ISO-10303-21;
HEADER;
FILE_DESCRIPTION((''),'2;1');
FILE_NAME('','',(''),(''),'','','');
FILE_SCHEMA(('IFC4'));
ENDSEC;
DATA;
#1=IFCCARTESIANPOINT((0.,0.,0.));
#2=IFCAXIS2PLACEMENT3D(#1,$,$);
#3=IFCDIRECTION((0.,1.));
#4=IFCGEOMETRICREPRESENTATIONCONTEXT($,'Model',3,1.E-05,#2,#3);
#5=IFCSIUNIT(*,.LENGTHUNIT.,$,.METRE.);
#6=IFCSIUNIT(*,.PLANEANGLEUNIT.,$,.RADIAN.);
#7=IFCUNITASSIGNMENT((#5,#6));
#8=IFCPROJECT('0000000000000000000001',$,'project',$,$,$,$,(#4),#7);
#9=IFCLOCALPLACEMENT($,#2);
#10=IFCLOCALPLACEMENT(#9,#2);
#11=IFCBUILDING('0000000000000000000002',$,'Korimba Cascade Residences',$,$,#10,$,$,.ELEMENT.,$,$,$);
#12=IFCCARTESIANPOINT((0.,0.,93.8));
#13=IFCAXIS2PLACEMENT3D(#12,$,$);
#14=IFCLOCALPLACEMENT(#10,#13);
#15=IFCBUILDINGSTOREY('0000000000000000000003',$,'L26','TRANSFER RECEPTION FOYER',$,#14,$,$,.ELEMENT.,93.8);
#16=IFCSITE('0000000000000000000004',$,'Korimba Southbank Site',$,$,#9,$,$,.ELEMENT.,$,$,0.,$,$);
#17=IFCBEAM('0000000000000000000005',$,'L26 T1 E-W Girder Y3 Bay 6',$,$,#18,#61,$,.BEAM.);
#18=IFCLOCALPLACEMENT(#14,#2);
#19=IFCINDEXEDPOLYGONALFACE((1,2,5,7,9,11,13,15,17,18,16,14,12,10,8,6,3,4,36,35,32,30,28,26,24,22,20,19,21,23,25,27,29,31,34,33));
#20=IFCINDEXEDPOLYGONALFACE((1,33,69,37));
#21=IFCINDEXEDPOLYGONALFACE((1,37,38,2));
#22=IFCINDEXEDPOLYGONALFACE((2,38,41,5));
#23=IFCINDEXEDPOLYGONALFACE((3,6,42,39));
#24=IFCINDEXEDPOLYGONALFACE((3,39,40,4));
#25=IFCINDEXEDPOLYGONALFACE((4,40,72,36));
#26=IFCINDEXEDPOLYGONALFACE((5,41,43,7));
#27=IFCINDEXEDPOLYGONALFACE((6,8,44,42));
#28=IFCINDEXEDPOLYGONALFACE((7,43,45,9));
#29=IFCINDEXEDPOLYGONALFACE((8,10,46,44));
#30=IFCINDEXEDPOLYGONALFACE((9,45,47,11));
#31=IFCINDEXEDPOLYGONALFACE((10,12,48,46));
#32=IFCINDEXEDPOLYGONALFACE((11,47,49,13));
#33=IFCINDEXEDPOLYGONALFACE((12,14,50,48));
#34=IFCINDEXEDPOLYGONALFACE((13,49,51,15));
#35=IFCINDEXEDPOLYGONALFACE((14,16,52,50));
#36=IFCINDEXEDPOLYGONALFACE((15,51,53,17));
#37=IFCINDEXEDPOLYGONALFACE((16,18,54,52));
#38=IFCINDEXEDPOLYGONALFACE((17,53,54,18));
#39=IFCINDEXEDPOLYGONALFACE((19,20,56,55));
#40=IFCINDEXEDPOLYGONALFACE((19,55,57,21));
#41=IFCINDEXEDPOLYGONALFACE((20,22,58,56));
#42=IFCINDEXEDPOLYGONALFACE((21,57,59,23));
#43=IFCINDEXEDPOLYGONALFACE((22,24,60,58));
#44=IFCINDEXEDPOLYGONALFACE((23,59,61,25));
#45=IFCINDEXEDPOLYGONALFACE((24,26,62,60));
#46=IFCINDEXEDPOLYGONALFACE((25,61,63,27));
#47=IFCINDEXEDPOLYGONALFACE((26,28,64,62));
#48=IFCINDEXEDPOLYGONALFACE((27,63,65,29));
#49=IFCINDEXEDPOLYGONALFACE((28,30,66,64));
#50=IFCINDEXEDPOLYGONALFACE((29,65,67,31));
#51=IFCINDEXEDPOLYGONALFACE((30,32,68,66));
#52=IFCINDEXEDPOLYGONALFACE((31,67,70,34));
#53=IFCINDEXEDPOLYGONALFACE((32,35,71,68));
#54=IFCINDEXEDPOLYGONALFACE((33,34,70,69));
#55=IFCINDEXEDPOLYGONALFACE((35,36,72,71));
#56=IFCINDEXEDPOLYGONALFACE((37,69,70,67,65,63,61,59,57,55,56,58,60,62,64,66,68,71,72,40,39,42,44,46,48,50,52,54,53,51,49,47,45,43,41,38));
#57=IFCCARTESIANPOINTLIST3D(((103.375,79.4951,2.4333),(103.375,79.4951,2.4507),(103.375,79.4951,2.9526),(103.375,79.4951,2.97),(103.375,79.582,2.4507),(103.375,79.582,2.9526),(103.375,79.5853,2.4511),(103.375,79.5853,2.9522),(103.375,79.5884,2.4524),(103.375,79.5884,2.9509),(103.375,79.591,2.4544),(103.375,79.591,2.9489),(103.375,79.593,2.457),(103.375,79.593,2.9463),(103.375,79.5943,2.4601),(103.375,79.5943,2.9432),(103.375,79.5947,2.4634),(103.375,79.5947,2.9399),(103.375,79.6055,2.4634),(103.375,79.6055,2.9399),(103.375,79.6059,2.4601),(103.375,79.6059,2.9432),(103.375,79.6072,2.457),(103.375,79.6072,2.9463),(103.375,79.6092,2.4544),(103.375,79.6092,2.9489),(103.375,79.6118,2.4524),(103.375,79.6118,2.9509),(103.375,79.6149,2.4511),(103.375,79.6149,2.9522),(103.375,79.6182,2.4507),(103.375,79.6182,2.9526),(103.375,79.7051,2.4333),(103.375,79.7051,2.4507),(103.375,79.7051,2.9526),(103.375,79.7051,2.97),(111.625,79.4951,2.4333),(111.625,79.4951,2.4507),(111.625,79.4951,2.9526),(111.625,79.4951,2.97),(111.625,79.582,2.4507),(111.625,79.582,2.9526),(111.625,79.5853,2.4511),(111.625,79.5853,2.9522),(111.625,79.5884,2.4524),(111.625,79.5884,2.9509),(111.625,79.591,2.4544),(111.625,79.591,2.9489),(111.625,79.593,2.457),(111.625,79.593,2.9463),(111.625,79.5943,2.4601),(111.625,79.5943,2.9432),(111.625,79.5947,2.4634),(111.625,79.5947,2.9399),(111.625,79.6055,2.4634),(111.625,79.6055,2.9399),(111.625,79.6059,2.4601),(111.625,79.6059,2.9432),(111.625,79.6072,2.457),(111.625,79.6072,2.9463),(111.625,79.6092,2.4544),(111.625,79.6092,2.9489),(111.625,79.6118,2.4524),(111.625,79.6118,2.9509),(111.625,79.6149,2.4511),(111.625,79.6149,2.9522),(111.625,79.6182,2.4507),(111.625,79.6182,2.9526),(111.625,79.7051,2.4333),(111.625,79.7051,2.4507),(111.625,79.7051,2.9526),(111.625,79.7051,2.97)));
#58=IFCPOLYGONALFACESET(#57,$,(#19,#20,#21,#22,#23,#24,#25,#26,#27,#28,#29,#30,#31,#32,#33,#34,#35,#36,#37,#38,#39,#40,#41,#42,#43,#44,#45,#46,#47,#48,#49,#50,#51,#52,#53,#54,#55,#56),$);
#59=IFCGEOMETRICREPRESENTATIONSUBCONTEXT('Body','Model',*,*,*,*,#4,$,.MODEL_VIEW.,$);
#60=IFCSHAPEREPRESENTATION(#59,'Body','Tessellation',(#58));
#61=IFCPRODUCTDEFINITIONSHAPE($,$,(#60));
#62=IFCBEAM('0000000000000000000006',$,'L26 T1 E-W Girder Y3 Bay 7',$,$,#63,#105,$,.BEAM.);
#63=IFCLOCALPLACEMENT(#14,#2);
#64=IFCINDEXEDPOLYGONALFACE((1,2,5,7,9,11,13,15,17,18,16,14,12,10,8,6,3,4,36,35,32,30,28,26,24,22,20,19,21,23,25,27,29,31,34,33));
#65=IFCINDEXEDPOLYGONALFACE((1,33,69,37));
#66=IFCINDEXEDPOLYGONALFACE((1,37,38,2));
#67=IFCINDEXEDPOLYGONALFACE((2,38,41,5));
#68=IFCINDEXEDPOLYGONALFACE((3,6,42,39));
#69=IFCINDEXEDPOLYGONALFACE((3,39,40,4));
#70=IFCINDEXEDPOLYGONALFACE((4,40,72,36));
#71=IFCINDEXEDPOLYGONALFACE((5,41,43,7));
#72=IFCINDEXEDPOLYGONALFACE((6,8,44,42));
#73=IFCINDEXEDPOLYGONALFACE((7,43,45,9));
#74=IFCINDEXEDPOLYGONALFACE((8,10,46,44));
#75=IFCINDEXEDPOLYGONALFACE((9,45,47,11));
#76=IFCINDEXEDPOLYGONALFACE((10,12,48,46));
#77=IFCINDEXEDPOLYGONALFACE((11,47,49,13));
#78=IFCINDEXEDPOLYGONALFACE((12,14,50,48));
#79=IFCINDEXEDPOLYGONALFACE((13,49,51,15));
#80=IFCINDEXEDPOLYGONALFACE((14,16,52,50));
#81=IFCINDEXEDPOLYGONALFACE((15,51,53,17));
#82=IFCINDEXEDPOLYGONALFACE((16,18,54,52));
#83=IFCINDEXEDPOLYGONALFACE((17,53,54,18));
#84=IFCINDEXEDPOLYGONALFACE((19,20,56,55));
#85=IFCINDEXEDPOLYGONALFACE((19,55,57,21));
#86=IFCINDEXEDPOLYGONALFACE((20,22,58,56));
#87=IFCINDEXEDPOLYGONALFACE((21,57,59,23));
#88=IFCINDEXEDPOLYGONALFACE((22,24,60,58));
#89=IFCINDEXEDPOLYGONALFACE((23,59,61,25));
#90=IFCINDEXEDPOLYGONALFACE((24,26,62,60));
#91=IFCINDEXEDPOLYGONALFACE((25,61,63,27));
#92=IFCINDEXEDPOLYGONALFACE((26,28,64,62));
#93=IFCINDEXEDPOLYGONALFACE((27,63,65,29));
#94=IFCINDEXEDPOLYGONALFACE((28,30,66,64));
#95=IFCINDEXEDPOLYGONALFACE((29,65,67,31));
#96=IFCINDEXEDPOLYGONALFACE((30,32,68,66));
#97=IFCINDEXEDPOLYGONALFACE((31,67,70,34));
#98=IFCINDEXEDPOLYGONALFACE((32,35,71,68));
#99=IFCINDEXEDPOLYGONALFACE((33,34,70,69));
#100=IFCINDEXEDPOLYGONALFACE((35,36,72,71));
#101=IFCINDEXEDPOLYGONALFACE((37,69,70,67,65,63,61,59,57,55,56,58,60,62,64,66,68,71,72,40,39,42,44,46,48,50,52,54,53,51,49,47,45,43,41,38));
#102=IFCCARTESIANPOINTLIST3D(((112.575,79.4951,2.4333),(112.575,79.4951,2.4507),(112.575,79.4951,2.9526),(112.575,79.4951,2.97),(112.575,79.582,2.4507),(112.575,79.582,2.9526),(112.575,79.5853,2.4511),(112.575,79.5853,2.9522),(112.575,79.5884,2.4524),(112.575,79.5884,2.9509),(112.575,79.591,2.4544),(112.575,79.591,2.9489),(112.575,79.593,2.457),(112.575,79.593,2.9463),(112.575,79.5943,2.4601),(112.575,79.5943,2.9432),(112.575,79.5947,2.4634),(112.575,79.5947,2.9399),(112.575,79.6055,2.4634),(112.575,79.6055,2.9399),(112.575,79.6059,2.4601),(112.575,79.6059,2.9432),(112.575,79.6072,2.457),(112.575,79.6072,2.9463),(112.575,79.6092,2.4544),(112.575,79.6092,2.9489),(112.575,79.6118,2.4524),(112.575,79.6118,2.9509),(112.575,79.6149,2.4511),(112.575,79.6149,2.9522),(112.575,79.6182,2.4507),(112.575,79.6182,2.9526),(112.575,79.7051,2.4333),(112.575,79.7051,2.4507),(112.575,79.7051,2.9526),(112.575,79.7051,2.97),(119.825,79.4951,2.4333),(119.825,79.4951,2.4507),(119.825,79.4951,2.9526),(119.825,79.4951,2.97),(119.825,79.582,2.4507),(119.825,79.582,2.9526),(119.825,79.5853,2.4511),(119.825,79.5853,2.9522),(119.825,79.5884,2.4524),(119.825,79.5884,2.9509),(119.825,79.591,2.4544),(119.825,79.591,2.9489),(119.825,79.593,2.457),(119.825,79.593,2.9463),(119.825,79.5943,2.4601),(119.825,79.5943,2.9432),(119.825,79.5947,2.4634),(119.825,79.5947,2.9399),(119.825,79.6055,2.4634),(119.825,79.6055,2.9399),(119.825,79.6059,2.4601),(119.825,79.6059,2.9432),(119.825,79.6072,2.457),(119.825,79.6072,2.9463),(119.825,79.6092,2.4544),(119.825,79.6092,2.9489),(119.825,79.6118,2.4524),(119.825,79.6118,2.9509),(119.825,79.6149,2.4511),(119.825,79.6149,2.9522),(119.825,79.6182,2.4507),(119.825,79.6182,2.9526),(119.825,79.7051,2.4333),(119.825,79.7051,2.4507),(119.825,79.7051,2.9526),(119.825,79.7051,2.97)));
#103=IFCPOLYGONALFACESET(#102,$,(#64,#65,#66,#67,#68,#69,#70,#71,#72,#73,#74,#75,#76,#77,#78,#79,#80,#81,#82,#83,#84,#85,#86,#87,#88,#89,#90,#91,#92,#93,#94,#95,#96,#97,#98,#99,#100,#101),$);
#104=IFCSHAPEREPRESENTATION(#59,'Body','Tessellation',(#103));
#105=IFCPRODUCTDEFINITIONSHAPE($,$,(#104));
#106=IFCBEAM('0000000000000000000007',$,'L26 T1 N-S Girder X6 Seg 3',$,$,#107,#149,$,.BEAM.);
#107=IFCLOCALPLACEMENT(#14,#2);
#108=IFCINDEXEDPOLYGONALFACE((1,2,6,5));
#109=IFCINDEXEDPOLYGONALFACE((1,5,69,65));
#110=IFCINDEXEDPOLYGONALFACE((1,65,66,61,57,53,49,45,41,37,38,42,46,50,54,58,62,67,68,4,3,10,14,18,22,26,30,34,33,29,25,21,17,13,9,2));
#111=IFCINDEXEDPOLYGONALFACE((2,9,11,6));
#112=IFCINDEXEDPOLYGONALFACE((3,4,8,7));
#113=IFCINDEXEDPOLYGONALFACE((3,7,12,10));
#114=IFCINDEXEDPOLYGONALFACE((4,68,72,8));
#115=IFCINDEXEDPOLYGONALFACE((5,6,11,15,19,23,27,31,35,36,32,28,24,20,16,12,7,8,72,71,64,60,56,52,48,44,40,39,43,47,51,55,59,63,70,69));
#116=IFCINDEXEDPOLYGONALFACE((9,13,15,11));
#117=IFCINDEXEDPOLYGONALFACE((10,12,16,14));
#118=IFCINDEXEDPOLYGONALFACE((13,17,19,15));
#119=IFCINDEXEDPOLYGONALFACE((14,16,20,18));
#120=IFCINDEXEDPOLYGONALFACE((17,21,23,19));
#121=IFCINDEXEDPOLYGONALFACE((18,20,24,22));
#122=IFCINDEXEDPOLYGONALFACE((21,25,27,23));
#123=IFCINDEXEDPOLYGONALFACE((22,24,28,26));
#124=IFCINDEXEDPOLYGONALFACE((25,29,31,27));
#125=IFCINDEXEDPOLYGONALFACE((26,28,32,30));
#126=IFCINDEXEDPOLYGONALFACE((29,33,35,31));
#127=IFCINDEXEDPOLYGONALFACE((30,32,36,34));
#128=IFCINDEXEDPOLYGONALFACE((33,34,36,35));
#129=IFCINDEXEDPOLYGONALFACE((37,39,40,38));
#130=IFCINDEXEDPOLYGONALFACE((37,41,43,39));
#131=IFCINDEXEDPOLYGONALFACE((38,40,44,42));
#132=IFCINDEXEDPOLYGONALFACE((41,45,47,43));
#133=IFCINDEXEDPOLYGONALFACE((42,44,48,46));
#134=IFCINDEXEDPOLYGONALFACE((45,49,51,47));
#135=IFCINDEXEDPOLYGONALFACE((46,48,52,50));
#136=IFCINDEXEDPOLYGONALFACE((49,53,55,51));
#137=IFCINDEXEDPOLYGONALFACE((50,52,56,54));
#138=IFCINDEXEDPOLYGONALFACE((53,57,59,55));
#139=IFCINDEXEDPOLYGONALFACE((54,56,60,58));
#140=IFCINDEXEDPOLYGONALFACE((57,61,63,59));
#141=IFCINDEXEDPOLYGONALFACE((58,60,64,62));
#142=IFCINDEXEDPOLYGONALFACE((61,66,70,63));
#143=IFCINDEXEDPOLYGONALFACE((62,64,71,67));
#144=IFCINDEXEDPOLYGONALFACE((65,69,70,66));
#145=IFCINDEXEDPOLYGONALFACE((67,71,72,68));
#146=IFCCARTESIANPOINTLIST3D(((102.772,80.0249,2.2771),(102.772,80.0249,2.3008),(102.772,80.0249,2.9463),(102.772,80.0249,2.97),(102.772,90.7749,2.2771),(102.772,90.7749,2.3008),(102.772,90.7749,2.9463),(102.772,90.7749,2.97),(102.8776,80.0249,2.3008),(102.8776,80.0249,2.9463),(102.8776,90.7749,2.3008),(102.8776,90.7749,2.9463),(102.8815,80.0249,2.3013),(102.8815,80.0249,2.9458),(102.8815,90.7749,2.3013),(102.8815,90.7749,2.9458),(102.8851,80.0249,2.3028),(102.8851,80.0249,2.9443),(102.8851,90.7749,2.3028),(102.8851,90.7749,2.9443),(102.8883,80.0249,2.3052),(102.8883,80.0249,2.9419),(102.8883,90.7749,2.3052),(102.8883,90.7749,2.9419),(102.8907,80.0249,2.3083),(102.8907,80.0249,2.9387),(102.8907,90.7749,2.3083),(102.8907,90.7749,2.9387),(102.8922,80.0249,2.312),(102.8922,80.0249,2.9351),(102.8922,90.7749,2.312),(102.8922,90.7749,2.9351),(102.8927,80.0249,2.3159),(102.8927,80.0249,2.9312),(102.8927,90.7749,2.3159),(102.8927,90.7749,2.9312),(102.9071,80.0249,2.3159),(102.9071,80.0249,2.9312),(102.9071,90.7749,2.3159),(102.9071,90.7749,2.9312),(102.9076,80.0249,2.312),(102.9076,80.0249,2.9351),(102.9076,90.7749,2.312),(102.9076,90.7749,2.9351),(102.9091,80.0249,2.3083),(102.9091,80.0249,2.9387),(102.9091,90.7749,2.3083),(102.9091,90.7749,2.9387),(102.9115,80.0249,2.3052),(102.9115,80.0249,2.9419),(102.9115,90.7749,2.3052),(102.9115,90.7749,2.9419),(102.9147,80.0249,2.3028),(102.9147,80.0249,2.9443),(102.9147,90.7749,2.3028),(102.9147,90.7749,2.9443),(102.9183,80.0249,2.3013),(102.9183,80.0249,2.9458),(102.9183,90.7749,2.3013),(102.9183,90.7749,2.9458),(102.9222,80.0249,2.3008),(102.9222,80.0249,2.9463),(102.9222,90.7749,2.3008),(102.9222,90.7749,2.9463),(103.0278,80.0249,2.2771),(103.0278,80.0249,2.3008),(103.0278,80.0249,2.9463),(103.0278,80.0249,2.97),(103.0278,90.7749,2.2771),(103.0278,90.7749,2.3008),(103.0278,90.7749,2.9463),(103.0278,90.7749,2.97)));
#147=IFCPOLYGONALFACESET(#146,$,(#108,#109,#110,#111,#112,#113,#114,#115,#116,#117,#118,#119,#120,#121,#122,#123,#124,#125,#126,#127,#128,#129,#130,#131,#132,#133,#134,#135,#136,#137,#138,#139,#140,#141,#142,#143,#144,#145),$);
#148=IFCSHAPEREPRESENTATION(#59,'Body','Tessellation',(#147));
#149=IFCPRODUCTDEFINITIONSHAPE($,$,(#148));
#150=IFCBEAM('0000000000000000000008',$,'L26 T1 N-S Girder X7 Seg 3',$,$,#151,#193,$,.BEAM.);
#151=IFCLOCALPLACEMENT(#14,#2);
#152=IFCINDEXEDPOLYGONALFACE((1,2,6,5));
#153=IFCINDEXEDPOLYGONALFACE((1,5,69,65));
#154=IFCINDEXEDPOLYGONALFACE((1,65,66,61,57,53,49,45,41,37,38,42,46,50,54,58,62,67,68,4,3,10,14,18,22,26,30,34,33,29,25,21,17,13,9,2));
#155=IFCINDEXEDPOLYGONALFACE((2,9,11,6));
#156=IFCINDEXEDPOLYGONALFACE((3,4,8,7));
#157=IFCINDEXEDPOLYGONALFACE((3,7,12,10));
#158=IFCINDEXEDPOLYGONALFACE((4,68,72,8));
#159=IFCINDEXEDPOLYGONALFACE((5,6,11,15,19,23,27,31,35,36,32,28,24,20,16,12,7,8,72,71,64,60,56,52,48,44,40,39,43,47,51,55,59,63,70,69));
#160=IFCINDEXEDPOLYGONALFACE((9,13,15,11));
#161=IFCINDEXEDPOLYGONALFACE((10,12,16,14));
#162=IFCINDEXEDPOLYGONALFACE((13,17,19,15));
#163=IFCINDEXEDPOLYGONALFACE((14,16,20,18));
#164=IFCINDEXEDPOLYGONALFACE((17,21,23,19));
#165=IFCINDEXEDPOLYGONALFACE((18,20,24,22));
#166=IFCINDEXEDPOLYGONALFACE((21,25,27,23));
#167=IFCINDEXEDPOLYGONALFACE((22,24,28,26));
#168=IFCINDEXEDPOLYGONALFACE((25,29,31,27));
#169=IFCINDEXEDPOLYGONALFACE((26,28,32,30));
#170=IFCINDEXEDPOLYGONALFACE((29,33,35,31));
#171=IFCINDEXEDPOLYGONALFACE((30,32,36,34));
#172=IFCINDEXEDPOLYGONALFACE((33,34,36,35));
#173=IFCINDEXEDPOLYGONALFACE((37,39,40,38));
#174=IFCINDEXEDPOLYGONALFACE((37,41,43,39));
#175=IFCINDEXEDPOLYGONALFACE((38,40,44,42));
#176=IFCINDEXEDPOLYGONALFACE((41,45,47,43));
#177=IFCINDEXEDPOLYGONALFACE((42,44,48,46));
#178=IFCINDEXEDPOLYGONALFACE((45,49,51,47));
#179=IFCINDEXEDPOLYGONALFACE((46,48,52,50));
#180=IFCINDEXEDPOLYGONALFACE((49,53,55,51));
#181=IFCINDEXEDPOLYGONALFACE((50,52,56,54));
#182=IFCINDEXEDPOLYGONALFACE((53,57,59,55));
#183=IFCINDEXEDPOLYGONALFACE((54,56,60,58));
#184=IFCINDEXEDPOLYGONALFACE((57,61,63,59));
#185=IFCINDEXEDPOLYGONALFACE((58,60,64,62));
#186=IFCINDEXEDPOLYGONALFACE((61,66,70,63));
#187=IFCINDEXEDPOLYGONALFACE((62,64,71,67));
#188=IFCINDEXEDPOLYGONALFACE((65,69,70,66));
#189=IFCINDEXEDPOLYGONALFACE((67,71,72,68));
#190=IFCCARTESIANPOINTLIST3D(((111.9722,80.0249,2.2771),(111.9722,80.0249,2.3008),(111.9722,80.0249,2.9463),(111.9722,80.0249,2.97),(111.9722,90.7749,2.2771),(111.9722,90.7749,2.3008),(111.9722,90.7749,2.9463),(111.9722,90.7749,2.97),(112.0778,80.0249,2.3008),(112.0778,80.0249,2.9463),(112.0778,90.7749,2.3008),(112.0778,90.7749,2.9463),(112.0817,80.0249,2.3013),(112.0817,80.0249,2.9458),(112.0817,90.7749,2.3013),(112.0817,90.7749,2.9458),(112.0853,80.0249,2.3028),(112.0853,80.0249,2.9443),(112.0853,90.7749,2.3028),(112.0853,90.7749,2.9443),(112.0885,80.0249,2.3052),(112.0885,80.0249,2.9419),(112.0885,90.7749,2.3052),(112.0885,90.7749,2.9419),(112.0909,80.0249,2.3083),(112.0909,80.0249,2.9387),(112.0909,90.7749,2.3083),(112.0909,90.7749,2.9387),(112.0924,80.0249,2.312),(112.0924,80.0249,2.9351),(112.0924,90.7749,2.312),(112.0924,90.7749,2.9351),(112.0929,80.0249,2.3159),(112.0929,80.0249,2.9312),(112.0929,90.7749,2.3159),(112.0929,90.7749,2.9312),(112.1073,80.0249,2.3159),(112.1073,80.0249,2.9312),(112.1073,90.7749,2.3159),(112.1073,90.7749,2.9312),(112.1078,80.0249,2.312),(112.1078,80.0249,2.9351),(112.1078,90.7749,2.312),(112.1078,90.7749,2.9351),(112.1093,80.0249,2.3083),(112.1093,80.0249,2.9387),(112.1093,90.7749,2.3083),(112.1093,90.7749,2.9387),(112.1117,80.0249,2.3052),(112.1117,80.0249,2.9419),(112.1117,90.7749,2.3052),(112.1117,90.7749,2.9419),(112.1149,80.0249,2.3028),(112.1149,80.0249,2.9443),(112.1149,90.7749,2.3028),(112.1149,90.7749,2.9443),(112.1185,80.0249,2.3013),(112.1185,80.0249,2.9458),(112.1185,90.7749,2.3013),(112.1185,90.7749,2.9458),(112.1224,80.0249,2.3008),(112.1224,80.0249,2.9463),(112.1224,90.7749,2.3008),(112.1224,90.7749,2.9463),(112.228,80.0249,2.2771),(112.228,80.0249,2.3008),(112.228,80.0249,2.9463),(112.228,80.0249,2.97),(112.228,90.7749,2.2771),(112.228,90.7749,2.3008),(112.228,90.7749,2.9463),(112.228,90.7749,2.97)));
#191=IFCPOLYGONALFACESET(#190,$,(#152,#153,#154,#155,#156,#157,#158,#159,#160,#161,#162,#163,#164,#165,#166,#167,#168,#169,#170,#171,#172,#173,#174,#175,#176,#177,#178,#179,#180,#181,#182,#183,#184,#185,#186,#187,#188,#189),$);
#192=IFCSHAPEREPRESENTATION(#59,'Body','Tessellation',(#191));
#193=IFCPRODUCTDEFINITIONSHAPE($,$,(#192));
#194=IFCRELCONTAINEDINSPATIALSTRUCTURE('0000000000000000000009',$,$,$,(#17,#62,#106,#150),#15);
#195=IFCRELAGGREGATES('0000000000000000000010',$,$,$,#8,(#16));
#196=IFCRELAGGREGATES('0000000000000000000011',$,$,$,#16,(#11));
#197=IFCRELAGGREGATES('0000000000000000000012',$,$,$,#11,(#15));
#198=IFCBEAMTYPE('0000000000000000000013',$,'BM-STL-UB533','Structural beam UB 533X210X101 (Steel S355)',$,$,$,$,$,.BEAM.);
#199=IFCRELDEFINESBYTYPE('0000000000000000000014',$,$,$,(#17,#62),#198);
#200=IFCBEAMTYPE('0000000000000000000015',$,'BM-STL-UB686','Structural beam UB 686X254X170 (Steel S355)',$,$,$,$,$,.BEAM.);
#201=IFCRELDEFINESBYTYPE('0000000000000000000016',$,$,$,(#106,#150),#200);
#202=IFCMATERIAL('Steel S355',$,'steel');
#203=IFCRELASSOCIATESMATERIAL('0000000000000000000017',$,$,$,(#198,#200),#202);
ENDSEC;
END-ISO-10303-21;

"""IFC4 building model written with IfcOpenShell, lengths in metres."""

from ifc_helpers import new_model, si_unit, direction, frame, origin, origin_2d, place, context, subcontext, project, spatial, i_section, extrude, material, material_profile, profile_set, type_object, element, save


model = new_model("IFC4")

# Units and contexts
model_context = context("Model", 3, precision=1e-05, world=origin(), true_north=direction((0.0, 1.0)))
body_context = subcontext(model_context, "Body", "Model", "MODEL_VIEW")
ifc_project = project(units=[si_unit("LENGTHUNIT", "METRE"), si_unit("PLANEANGLEUNIT", "RADIAN")], contexts=[model_context])

# Site, building, storey
site_placement = place(None, origin())
site = spatial("IfcSite", under=ifc_project, at=site_placement, Name="Korimba Southbank Site", CompositionType="ELEMENT", RefElevation=0.0)
building_placement = place(site_placement, origin())
building = spatial("IfcBuilding", under=site, at=building_placement, Name="Korimba Cascade Residences", CompositionType="ELEMENT")
storey_placement = place(building_placement, frame((0.0, 0.0, 93.8)))
storey = spatial("IfcBuildingStorey", under=building, at=storey_placement, Name="L26", Description="TRANSFER RECEPTION FOYER", CompositionType="ELEMENT", Elevation=93.8)

# Beams
ifc_material_1 = material(Name="Steel S355", Category="steel")
ifc_material_profile_1 = material_profile(ifc_material_1, i_section(OverallWidth=0.21, OverallDepth=0.5366, WebThickness=0.0107, FlangeThickness=0.0173, FilletRadius=0.0127, at=origin_2d()), Name="Steel S355")
ifc_profile_set_1 = profile_set([ifc_material_profile_1], Name="Steel S355")
beam_type_1 = type_object("IfcBeamType", Name="BM-STL-UB533", Description="Structural beam UB 533X210X101 (Steel S355)", PredefinedType="BEAM", material=ifc_profile_set_1)
beam_1_placement = place(storey_placement, frame((103.375, 79.6001, 2.7017), z_axis=(1.0, 0.0, 0.0), x_axis=(0.0, 1.0, 0.0)))
element("IfcBeam", 1, at=beam_1_placement, inside=storey, type_object=beam_type_1, Name="L26 T1 E-W Girder Y3 Bay 6", PredefinedType="BEAM", context=body_context, shape_type="SweptSolid", body=[
    extrude(i_section(OverallWidth=0.21, OverallDepth=0.5366, WebThickness=0.0107, FlangeThickness=0.0173, FilletRadius=0.0127, at=origin_2d()), origin(), (0.0, 0.0, 1.0), 8.25),
])
beam_2_placement = place(storey_placement, frame((112.575, 79.6001, 2.7017), z_axis=(1.0, 0.0, 0.0), x_axis=(0.0, 1.0, 0.0)))
element("IfcBeam", 2, at=beam_2_placement, inside=storey, type_object=beam_type_1, Name="L26 T1 E-W Girder Y3 Bay 7", PredefinedType="BEAM", context=body_context, shape_type="SweptSolid", body=[
    extrude(i_section(OverallWidth=0.21, OverallDepth=0.5366, WebThickness=0.0107, FlangeThickness=0.0173, FilletRadius=0.0127, at=origin_2d()), origin(), (0.0, 0.0, 1.0), 7.25),
])
ifc_material_profile_2 = material_profile(ifc_material_1, i_section(OverallWidth=0.2559, OverallDepth=0.6929, WebThickness=0.0144, FlangeThickness=0.0237, FilletRadius=0.0151, at=origin_2d()), Name="Steel S355")
ifc_profile_set_2 = profile_set([ifc_material_profile_2], Name="Steel S355")
beam_type_2 = type_object("IfcBeamType", Name="BM-STL-UB686", Description="Structural beam UB 686X254X170 (Steel S355)", PredefinedType="BEAM", material=ifc_profile_set_2)
for number, where, z_axis, x_axis, name in (
    (3, (102.8999, 80.0249, 2.6235), (0.0, 1.0, 0.0), (-1.0, 0.0, 0.0), "L26 T1 N-S Girder X6 Seg 3"),
    (4, (112.1001, 80.0249, 2.6235), (0.0, 1.0, 0.0), (-1.0, 0.0, 0.0), "L26 T1 N-S Girder X7 Seg 3"),
):
    element("IfcBeam", number, at=place(storey_placement, frame(where, z_axis=z_axis, x_axis=x_axis)), inside=storey, type_object=beam_type_2, Name=name, PredefinedType="BEAM", context=body_context, shape_type="SweptSolid", body=[
        extrude(i_section(OverallWidth=0.2559, OverallDepth=0.6929, WebThickness=0.0144, FlangeThickness=0.0237, FilletRadius=0.0151, at=origin_2d()), origin(), (0.0, 0.0, 1.0), 10.75),
    ])

save(model, "model.ifc")
